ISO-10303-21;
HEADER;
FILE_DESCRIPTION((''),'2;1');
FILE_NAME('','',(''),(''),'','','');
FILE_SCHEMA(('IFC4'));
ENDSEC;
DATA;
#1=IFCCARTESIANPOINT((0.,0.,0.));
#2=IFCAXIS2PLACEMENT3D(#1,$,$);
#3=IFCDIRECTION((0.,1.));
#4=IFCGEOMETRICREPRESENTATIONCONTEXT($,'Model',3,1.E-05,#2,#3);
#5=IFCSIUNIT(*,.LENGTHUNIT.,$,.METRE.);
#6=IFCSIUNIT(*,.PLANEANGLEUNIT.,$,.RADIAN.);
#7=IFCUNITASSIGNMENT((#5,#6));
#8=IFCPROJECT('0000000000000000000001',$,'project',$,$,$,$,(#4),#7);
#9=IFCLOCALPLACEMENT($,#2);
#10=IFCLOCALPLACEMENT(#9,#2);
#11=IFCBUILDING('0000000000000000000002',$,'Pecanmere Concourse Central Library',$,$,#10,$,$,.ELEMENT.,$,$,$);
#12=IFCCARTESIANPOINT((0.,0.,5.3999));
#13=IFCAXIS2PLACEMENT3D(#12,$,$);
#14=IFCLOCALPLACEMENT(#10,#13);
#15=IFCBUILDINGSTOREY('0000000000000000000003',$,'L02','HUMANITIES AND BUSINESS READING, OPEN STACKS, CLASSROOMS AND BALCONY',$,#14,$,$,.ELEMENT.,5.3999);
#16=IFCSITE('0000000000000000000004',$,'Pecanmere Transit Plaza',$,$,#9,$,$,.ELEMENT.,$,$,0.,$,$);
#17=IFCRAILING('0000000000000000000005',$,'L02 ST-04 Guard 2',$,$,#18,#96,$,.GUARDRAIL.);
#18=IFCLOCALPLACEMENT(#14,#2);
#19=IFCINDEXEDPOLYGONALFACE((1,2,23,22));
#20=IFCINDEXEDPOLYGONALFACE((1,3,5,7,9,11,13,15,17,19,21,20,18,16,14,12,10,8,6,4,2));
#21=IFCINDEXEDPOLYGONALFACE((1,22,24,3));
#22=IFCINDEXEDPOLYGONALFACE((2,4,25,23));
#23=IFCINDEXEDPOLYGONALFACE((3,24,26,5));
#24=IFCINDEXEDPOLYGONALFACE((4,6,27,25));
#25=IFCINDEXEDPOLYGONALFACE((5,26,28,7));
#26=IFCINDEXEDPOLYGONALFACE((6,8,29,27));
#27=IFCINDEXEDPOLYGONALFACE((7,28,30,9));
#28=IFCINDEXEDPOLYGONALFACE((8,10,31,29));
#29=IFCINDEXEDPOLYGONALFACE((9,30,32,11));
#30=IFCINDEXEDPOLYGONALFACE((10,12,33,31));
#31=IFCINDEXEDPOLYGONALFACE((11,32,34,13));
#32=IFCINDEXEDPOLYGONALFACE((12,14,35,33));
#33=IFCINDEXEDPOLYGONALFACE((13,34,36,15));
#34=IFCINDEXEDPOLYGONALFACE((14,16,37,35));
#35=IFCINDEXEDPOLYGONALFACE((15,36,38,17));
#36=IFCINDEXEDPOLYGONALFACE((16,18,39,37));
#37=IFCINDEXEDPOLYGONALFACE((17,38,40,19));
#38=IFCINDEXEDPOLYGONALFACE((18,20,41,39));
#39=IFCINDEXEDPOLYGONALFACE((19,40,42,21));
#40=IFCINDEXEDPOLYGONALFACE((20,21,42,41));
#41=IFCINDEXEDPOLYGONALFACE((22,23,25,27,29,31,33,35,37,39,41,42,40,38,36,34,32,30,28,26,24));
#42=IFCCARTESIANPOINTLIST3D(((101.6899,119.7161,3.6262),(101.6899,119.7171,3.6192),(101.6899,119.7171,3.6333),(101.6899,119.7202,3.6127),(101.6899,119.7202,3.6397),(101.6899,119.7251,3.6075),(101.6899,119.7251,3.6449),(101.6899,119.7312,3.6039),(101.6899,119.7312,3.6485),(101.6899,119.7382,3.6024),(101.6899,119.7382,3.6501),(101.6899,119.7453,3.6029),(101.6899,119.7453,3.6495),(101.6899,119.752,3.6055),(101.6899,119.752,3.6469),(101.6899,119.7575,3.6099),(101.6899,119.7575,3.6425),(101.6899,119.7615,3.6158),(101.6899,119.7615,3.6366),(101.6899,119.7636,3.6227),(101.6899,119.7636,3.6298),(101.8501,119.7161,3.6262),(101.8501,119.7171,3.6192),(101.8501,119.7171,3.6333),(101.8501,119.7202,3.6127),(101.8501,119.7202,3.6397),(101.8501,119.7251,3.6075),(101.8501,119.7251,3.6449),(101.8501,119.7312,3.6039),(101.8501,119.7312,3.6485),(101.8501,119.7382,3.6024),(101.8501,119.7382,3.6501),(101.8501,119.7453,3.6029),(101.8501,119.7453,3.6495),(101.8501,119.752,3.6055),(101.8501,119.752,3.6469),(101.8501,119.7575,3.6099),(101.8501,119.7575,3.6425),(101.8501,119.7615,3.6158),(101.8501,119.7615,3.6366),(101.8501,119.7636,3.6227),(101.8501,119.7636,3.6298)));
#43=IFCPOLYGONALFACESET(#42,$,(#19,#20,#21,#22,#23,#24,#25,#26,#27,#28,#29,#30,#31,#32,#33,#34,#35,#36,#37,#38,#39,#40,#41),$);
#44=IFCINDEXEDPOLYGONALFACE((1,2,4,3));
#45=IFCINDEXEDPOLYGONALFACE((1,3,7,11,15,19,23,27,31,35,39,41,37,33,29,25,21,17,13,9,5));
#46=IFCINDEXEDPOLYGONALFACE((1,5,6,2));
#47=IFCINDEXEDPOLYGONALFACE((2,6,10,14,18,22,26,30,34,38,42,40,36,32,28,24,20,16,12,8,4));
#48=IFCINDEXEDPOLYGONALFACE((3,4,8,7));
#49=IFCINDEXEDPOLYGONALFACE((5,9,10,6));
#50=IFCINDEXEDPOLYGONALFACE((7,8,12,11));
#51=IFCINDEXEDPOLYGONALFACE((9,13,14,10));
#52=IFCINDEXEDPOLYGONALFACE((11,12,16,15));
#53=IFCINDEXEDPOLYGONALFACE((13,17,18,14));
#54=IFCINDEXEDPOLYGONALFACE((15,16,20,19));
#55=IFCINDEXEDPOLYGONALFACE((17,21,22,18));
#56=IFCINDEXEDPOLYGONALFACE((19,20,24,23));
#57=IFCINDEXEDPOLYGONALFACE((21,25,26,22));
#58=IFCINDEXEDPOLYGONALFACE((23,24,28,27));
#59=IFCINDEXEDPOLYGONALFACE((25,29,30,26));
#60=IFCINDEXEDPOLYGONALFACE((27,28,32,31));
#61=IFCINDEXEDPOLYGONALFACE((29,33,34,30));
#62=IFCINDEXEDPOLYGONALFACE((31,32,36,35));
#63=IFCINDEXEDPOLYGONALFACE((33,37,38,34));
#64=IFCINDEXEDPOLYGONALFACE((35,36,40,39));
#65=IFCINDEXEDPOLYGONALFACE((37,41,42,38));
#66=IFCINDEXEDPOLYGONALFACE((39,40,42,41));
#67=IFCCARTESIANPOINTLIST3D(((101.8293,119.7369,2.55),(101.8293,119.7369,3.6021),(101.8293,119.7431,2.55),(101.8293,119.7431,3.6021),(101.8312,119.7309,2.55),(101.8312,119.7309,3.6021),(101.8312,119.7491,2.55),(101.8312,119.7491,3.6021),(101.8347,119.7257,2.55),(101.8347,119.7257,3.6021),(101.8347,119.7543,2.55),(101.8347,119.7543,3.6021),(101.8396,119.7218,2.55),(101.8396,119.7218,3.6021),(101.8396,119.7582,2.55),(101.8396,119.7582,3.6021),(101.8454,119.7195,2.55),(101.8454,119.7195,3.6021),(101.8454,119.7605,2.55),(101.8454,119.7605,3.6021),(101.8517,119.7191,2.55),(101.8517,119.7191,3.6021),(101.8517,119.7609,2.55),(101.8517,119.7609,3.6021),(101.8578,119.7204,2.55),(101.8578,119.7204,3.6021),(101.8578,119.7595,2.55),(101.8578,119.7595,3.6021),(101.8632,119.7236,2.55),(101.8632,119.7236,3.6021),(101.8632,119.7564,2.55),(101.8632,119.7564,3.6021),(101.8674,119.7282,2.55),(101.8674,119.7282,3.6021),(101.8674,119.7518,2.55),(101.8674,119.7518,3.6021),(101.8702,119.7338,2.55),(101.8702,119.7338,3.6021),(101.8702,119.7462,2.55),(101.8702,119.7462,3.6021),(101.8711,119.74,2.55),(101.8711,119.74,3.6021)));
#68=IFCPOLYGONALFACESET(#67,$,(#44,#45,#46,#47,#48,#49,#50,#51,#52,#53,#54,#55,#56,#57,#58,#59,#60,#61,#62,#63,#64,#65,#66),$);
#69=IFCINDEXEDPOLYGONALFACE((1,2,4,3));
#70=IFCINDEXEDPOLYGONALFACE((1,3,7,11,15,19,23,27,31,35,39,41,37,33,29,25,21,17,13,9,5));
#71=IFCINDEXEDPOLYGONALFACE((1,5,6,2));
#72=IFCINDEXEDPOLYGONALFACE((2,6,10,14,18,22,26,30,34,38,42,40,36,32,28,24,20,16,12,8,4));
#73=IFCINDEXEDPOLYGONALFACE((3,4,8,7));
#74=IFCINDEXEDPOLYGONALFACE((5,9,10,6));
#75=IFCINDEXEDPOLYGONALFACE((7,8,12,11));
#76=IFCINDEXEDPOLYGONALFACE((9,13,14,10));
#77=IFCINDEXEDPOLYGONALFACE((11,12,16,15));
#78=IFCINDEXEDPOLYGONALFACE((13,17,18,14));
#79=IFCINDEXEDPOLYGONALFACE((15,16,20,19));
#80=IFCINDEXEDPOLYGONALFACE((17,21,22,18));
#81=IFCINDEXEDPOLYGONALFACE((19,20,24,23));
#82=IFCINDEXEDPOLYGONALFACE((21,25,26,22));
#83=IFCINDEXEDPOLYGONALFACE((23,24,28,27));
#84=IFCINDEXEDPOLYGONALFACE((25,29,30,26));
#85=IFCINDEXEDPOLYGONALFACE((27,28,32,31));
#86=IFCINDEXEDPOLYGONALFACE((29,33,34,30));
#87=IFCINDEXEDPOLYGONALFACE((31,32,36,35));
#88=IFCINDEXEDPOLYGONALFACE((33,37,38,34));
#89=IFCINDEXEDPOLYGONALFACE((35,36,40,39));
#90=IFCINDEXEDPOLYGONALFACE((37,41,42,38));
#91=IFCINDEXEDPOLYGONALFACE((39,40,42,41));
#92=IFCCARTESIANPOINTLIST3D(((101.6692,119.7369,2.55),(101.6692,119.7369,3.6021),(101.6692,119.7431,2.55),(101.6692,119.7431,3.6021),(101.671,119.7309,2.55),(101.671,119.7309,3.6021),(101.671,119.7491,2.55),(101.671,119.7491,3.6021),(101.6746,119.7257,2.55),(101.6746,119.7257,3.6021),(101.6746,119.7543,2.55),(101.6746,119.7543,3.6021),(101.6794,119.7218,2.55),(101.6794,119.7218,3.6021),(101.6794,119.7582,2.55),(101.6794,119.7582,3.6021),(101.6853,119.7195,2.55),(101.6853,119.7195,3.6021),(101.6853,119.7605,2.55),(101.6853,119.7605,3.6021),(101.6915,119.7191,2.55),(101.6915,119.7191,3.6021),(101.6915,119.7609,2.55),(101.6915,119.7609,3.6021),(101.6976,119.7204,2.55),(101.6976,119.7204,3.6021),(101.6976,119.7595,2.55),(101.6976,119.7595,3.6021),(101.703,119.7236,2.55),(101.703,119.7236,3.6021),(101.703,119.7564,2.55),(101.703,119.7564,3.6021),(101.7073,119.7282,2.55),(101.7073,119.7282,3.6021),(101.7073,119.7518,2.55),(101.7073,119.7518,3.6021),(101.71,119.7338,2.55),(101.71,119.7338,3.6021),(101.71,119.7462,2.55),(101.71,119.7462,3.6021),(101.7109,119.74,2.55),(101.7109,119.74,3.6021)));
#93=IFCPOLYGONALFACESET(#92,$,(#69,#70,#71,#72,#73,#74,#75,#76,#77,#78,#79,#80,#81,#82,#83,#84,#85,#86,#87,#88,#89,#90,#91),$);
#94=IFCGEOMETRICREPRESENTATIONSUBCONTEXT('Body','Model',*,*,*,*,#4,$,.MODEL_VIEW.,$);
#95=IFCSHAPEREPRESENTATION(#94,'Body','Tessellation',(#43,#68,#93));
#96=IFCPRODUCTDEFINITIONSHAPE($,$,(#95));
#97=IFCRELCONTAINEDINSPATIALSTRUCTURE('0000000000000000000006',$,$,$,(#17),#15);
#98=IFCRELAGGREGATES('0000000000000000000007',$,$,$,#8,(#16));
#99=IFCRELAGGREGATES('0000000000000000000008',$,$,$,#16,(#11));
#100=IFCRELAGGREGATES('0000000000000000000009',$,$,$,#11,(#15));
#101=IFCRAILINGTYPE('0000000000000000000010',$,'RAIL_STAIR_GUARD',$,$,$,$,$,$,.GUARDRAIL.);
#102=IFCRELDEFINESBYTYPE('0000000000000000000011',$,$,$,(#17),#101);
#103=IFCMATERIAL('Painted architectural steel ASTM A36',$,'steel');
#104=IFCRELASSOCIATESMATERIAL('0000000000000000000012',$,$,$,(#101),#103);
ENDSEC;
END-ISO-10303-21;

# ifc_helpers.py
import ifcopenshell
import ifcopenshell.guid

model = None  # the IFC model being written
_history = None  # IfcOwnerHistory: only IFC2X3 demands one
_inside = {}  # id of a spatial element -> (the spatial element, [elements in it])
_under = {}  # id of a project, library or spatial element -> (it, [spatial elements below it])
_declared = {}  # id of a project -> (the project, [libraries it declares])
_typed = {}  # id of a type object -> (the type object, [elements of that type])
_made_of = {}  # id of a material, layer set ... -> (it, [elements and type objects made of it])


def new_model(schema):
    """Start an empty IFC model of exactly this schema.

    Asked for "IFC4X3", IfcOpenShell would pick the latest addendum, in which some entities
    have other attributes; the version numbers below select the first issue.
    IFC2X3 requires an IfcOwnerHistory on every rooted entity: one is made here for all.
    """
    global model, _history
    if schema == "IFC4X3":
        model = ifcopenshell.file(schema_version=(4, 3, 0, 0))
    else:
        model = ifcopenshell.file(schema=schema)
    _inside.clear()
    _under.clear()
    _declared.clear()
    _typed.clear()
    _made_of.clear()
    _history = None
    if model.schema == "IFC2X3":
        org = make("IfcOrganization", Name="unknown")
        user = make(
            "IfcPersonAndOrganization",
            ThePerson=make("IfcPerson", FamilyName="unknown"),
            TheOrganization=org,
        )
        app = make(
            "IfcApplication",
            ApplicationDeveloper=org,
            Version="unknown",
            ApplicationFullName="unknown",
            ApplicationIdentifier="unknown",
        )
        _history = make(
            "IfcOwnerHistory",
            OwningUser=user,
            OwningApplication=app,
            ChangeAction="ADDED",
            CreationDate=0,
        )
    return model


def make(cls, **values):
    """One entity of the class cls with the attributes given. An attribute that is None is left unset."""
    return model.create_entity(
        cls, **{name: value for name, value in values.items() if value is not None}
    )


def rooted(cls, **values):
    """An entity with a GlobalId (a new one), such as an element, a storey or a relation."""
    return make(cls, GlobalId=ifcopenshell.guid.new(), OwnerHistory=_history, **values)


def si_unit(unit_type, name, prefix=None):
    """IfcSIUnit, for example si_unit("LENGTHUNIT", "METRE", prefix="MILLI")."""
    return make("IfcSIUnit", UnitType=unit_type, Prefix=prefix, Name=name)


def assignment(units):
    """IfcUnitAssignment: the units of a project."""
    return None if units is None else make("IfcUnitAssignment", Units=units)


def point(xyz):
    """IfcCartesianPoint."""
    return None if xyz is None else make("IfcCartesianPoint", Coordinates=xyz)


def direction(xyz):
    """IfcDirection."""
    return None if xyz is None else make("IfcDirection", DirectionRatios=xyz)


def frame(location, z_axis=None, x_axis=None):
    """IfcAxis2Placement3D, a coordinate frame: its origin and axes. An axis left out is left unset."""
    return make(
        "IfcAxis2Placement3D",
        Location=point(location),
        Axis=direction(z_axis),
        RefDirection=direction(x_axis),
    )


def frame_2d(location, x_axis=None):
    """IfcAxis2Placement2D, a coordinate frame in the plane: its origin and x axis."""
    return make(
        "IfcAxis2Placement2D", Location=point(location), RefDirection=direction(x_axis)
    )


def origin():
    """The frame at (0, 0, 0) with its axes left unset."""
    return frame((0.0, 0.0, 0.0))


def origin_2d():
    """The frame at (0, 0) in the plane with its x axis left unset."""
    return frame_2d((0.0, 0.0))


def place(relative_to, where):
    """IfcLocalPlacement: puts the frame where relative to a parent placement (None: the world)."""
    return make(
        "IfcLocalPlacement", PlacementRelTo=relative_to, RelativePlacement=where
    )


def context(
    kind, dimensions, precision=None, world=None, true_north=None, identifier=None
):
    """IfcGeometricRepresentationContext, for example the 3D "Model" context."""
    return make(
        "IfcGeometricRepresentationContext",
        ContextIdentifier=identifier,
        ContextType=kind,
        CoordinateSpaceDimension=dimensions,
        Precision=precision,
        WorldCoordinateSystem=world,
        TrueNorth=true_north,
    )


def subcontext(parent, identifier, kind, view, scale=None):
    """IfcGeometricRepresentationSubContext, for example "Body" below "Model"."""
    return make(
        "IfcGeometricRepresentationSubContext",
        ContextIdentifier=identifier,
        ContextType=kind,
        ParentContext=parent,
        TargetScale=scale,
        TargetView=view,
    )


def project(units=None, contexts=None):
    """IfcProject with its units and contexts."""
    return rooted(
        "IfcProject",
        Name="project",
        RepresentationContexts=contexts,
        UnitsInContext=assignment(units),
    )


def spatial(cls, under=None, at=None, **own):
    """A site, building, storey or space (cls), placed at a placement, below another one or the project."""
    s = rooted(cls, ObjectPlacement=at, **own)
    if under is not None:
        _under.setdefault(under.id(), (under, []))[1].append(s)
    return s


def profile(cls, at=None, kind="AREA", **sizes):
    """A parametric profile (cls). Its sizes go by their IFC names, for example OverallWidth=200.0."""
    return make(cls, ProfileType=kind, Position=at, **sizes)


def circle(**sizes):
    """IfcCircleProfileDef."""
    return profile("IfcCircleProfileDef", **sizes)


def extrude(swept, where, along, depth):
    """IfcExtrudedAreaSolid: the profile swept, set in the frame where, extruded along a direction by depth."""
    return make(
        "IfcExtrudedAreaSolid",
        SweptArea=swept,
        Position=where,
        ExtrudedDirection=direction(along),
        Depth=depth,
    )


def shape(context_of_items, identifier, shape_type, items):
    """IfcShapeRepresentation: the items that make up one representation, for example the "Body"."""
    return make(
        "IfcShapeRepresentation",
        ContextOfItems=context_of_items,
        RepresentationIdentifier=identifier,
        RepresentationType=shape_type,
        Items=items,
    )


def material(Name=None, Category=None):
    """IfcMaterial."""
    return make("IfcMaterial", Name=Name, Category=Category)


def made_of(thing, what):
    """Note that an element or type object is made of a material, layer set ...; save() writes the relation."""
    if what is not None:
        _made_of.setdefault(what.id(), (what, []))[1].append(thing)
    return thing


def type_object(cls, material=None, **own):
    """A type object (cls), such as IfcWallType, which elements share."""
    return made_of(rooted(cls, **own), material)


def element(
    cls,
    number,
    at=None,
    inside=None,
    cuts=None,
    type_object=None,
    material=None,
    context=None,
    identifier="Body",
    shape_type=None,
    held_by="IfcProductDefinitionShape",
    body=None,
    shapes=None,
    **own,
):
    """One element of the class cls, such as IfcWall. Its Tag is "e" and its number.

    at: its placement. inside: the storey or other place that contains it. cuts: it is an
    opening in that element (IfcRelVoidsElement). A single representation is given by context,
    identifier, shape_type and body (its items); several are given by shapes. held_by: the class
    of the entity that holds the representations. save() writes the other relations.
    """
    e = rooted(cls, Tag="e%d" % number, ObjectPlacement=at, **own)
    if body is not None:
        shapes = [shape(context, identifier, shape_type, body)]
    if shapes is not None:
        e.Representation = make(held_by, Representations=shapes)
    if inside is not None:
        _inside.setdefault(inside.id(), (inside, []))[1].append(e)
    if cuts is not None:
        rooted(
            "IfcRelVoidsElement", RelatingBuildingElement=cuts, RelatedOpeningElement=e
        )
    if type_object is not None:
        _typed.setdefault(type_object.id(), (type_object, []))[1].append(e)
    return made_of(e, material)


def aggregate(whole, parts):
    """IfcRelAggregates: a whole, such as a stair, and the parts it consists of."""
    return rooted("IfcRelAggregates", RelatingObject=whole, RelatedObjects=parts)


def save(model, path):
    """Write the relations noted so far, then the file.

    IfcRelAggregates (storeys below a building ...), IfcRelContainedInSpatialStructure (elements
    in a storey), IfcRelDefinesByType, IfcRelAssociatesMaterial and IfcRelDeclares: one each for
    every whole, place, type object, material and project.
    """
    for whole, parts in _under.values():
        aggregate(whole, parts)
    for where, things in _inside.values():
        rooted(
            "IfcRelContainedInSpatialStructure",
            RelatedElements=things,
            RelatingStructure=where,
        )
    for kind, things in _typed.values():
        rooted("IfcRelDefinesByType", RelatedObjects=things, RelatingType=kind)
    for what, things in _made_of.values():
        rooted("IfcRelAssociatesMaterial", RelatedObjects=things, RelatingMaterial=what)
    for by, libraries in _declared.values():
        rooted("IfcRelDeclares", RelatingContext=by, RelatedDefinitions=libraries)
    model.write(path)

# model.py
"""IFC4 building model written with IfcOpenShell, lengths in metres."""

from ifc_helpers import new_model, si_unit, direction, frame, origin, origin_2d, place, context, subcontext, project, spatial, circle, extrude, material, type_object, element, save


model = new_model("IFC4")

# Units and contexts
model_context = context("Model", 3, precision=1e-05, world=origin(), true_north=direction((0.0, 1.0)))
body_context = subcontext(model_context, "Body", "Model", "MODEL_VIEW")
ifc_project = project(units=[si_unit("LENGTHUNIT", "METRE"), si_unit("PLANEANGLEUNIT", "RADIAN")], contexts=[model_context])

# Site, building, storey
site_placement = place(None, origin())
site = spatial("IfcSite", under=ifc_project, at=site_placement, Name="Pecanmere Transit Plaza", CompositionType="ELEMENT", RefElevation=0.0)
building_placement = place(site_placement, origin())
building = spatial("IfcBuilding", under=site, at=building_placement, Name="Pecanmere Concourse Central Library", CompositionType="ELEMENT")
storey_placement = place(building_placement, frame((0.0, 0.0, 5.3999)))
storey = spatial("IfcBuildingStorey", under=building, at=storey_placement, Name="L02", Description="HUMANITIES AND BUSINESS READING, OPEN STACKS, CLASSROOMS AND BALCONY", CompositionType="ELEMENT", Elevation=5.3999)

# Railing
ifc_material_1 = material(Name="Painted architectural steel ASTM A36", Category="steel")
railing_type_1 = type_object("IfcRailingType", Name="RAIL_STAIR_GUARD", PredefinedType="GUARDRAIL", material=ifc_material_1)
railing_1_placement = place(storey_placement, frame((101.8501, 119.74, 2.55)))
element("IfcRailing", 1, at=railing_1_placement, inside=storey, type_object=railing_type_1, Name="L02 ST-04 Guard 2", PredefinedType="GUARDRAIL", context=body_context, shape_type="SweptSolid", body=[
    extrude(circle(Radius=0.0239, at=origin_2d()), frame((0.0, 0.0, 1.0762), z_axis=(-1.0, 0.0, 0.0), x_axis=(0.0, -1.0, 0.0)), (0.0, 0.0, 1.0), 0.1602),
    extrude(circle(Radius=0.021, at=origin_2d()), origin(), (0.0, 0.0, 1.0), 1.052),
    extrude(circle(Radius=0.021, at=origin_2d()), frame((-0.1602, 0.0, 0.0)), (0.0, 0.0, 1.0), 1.052),
])

save(model, "model.ifc")
